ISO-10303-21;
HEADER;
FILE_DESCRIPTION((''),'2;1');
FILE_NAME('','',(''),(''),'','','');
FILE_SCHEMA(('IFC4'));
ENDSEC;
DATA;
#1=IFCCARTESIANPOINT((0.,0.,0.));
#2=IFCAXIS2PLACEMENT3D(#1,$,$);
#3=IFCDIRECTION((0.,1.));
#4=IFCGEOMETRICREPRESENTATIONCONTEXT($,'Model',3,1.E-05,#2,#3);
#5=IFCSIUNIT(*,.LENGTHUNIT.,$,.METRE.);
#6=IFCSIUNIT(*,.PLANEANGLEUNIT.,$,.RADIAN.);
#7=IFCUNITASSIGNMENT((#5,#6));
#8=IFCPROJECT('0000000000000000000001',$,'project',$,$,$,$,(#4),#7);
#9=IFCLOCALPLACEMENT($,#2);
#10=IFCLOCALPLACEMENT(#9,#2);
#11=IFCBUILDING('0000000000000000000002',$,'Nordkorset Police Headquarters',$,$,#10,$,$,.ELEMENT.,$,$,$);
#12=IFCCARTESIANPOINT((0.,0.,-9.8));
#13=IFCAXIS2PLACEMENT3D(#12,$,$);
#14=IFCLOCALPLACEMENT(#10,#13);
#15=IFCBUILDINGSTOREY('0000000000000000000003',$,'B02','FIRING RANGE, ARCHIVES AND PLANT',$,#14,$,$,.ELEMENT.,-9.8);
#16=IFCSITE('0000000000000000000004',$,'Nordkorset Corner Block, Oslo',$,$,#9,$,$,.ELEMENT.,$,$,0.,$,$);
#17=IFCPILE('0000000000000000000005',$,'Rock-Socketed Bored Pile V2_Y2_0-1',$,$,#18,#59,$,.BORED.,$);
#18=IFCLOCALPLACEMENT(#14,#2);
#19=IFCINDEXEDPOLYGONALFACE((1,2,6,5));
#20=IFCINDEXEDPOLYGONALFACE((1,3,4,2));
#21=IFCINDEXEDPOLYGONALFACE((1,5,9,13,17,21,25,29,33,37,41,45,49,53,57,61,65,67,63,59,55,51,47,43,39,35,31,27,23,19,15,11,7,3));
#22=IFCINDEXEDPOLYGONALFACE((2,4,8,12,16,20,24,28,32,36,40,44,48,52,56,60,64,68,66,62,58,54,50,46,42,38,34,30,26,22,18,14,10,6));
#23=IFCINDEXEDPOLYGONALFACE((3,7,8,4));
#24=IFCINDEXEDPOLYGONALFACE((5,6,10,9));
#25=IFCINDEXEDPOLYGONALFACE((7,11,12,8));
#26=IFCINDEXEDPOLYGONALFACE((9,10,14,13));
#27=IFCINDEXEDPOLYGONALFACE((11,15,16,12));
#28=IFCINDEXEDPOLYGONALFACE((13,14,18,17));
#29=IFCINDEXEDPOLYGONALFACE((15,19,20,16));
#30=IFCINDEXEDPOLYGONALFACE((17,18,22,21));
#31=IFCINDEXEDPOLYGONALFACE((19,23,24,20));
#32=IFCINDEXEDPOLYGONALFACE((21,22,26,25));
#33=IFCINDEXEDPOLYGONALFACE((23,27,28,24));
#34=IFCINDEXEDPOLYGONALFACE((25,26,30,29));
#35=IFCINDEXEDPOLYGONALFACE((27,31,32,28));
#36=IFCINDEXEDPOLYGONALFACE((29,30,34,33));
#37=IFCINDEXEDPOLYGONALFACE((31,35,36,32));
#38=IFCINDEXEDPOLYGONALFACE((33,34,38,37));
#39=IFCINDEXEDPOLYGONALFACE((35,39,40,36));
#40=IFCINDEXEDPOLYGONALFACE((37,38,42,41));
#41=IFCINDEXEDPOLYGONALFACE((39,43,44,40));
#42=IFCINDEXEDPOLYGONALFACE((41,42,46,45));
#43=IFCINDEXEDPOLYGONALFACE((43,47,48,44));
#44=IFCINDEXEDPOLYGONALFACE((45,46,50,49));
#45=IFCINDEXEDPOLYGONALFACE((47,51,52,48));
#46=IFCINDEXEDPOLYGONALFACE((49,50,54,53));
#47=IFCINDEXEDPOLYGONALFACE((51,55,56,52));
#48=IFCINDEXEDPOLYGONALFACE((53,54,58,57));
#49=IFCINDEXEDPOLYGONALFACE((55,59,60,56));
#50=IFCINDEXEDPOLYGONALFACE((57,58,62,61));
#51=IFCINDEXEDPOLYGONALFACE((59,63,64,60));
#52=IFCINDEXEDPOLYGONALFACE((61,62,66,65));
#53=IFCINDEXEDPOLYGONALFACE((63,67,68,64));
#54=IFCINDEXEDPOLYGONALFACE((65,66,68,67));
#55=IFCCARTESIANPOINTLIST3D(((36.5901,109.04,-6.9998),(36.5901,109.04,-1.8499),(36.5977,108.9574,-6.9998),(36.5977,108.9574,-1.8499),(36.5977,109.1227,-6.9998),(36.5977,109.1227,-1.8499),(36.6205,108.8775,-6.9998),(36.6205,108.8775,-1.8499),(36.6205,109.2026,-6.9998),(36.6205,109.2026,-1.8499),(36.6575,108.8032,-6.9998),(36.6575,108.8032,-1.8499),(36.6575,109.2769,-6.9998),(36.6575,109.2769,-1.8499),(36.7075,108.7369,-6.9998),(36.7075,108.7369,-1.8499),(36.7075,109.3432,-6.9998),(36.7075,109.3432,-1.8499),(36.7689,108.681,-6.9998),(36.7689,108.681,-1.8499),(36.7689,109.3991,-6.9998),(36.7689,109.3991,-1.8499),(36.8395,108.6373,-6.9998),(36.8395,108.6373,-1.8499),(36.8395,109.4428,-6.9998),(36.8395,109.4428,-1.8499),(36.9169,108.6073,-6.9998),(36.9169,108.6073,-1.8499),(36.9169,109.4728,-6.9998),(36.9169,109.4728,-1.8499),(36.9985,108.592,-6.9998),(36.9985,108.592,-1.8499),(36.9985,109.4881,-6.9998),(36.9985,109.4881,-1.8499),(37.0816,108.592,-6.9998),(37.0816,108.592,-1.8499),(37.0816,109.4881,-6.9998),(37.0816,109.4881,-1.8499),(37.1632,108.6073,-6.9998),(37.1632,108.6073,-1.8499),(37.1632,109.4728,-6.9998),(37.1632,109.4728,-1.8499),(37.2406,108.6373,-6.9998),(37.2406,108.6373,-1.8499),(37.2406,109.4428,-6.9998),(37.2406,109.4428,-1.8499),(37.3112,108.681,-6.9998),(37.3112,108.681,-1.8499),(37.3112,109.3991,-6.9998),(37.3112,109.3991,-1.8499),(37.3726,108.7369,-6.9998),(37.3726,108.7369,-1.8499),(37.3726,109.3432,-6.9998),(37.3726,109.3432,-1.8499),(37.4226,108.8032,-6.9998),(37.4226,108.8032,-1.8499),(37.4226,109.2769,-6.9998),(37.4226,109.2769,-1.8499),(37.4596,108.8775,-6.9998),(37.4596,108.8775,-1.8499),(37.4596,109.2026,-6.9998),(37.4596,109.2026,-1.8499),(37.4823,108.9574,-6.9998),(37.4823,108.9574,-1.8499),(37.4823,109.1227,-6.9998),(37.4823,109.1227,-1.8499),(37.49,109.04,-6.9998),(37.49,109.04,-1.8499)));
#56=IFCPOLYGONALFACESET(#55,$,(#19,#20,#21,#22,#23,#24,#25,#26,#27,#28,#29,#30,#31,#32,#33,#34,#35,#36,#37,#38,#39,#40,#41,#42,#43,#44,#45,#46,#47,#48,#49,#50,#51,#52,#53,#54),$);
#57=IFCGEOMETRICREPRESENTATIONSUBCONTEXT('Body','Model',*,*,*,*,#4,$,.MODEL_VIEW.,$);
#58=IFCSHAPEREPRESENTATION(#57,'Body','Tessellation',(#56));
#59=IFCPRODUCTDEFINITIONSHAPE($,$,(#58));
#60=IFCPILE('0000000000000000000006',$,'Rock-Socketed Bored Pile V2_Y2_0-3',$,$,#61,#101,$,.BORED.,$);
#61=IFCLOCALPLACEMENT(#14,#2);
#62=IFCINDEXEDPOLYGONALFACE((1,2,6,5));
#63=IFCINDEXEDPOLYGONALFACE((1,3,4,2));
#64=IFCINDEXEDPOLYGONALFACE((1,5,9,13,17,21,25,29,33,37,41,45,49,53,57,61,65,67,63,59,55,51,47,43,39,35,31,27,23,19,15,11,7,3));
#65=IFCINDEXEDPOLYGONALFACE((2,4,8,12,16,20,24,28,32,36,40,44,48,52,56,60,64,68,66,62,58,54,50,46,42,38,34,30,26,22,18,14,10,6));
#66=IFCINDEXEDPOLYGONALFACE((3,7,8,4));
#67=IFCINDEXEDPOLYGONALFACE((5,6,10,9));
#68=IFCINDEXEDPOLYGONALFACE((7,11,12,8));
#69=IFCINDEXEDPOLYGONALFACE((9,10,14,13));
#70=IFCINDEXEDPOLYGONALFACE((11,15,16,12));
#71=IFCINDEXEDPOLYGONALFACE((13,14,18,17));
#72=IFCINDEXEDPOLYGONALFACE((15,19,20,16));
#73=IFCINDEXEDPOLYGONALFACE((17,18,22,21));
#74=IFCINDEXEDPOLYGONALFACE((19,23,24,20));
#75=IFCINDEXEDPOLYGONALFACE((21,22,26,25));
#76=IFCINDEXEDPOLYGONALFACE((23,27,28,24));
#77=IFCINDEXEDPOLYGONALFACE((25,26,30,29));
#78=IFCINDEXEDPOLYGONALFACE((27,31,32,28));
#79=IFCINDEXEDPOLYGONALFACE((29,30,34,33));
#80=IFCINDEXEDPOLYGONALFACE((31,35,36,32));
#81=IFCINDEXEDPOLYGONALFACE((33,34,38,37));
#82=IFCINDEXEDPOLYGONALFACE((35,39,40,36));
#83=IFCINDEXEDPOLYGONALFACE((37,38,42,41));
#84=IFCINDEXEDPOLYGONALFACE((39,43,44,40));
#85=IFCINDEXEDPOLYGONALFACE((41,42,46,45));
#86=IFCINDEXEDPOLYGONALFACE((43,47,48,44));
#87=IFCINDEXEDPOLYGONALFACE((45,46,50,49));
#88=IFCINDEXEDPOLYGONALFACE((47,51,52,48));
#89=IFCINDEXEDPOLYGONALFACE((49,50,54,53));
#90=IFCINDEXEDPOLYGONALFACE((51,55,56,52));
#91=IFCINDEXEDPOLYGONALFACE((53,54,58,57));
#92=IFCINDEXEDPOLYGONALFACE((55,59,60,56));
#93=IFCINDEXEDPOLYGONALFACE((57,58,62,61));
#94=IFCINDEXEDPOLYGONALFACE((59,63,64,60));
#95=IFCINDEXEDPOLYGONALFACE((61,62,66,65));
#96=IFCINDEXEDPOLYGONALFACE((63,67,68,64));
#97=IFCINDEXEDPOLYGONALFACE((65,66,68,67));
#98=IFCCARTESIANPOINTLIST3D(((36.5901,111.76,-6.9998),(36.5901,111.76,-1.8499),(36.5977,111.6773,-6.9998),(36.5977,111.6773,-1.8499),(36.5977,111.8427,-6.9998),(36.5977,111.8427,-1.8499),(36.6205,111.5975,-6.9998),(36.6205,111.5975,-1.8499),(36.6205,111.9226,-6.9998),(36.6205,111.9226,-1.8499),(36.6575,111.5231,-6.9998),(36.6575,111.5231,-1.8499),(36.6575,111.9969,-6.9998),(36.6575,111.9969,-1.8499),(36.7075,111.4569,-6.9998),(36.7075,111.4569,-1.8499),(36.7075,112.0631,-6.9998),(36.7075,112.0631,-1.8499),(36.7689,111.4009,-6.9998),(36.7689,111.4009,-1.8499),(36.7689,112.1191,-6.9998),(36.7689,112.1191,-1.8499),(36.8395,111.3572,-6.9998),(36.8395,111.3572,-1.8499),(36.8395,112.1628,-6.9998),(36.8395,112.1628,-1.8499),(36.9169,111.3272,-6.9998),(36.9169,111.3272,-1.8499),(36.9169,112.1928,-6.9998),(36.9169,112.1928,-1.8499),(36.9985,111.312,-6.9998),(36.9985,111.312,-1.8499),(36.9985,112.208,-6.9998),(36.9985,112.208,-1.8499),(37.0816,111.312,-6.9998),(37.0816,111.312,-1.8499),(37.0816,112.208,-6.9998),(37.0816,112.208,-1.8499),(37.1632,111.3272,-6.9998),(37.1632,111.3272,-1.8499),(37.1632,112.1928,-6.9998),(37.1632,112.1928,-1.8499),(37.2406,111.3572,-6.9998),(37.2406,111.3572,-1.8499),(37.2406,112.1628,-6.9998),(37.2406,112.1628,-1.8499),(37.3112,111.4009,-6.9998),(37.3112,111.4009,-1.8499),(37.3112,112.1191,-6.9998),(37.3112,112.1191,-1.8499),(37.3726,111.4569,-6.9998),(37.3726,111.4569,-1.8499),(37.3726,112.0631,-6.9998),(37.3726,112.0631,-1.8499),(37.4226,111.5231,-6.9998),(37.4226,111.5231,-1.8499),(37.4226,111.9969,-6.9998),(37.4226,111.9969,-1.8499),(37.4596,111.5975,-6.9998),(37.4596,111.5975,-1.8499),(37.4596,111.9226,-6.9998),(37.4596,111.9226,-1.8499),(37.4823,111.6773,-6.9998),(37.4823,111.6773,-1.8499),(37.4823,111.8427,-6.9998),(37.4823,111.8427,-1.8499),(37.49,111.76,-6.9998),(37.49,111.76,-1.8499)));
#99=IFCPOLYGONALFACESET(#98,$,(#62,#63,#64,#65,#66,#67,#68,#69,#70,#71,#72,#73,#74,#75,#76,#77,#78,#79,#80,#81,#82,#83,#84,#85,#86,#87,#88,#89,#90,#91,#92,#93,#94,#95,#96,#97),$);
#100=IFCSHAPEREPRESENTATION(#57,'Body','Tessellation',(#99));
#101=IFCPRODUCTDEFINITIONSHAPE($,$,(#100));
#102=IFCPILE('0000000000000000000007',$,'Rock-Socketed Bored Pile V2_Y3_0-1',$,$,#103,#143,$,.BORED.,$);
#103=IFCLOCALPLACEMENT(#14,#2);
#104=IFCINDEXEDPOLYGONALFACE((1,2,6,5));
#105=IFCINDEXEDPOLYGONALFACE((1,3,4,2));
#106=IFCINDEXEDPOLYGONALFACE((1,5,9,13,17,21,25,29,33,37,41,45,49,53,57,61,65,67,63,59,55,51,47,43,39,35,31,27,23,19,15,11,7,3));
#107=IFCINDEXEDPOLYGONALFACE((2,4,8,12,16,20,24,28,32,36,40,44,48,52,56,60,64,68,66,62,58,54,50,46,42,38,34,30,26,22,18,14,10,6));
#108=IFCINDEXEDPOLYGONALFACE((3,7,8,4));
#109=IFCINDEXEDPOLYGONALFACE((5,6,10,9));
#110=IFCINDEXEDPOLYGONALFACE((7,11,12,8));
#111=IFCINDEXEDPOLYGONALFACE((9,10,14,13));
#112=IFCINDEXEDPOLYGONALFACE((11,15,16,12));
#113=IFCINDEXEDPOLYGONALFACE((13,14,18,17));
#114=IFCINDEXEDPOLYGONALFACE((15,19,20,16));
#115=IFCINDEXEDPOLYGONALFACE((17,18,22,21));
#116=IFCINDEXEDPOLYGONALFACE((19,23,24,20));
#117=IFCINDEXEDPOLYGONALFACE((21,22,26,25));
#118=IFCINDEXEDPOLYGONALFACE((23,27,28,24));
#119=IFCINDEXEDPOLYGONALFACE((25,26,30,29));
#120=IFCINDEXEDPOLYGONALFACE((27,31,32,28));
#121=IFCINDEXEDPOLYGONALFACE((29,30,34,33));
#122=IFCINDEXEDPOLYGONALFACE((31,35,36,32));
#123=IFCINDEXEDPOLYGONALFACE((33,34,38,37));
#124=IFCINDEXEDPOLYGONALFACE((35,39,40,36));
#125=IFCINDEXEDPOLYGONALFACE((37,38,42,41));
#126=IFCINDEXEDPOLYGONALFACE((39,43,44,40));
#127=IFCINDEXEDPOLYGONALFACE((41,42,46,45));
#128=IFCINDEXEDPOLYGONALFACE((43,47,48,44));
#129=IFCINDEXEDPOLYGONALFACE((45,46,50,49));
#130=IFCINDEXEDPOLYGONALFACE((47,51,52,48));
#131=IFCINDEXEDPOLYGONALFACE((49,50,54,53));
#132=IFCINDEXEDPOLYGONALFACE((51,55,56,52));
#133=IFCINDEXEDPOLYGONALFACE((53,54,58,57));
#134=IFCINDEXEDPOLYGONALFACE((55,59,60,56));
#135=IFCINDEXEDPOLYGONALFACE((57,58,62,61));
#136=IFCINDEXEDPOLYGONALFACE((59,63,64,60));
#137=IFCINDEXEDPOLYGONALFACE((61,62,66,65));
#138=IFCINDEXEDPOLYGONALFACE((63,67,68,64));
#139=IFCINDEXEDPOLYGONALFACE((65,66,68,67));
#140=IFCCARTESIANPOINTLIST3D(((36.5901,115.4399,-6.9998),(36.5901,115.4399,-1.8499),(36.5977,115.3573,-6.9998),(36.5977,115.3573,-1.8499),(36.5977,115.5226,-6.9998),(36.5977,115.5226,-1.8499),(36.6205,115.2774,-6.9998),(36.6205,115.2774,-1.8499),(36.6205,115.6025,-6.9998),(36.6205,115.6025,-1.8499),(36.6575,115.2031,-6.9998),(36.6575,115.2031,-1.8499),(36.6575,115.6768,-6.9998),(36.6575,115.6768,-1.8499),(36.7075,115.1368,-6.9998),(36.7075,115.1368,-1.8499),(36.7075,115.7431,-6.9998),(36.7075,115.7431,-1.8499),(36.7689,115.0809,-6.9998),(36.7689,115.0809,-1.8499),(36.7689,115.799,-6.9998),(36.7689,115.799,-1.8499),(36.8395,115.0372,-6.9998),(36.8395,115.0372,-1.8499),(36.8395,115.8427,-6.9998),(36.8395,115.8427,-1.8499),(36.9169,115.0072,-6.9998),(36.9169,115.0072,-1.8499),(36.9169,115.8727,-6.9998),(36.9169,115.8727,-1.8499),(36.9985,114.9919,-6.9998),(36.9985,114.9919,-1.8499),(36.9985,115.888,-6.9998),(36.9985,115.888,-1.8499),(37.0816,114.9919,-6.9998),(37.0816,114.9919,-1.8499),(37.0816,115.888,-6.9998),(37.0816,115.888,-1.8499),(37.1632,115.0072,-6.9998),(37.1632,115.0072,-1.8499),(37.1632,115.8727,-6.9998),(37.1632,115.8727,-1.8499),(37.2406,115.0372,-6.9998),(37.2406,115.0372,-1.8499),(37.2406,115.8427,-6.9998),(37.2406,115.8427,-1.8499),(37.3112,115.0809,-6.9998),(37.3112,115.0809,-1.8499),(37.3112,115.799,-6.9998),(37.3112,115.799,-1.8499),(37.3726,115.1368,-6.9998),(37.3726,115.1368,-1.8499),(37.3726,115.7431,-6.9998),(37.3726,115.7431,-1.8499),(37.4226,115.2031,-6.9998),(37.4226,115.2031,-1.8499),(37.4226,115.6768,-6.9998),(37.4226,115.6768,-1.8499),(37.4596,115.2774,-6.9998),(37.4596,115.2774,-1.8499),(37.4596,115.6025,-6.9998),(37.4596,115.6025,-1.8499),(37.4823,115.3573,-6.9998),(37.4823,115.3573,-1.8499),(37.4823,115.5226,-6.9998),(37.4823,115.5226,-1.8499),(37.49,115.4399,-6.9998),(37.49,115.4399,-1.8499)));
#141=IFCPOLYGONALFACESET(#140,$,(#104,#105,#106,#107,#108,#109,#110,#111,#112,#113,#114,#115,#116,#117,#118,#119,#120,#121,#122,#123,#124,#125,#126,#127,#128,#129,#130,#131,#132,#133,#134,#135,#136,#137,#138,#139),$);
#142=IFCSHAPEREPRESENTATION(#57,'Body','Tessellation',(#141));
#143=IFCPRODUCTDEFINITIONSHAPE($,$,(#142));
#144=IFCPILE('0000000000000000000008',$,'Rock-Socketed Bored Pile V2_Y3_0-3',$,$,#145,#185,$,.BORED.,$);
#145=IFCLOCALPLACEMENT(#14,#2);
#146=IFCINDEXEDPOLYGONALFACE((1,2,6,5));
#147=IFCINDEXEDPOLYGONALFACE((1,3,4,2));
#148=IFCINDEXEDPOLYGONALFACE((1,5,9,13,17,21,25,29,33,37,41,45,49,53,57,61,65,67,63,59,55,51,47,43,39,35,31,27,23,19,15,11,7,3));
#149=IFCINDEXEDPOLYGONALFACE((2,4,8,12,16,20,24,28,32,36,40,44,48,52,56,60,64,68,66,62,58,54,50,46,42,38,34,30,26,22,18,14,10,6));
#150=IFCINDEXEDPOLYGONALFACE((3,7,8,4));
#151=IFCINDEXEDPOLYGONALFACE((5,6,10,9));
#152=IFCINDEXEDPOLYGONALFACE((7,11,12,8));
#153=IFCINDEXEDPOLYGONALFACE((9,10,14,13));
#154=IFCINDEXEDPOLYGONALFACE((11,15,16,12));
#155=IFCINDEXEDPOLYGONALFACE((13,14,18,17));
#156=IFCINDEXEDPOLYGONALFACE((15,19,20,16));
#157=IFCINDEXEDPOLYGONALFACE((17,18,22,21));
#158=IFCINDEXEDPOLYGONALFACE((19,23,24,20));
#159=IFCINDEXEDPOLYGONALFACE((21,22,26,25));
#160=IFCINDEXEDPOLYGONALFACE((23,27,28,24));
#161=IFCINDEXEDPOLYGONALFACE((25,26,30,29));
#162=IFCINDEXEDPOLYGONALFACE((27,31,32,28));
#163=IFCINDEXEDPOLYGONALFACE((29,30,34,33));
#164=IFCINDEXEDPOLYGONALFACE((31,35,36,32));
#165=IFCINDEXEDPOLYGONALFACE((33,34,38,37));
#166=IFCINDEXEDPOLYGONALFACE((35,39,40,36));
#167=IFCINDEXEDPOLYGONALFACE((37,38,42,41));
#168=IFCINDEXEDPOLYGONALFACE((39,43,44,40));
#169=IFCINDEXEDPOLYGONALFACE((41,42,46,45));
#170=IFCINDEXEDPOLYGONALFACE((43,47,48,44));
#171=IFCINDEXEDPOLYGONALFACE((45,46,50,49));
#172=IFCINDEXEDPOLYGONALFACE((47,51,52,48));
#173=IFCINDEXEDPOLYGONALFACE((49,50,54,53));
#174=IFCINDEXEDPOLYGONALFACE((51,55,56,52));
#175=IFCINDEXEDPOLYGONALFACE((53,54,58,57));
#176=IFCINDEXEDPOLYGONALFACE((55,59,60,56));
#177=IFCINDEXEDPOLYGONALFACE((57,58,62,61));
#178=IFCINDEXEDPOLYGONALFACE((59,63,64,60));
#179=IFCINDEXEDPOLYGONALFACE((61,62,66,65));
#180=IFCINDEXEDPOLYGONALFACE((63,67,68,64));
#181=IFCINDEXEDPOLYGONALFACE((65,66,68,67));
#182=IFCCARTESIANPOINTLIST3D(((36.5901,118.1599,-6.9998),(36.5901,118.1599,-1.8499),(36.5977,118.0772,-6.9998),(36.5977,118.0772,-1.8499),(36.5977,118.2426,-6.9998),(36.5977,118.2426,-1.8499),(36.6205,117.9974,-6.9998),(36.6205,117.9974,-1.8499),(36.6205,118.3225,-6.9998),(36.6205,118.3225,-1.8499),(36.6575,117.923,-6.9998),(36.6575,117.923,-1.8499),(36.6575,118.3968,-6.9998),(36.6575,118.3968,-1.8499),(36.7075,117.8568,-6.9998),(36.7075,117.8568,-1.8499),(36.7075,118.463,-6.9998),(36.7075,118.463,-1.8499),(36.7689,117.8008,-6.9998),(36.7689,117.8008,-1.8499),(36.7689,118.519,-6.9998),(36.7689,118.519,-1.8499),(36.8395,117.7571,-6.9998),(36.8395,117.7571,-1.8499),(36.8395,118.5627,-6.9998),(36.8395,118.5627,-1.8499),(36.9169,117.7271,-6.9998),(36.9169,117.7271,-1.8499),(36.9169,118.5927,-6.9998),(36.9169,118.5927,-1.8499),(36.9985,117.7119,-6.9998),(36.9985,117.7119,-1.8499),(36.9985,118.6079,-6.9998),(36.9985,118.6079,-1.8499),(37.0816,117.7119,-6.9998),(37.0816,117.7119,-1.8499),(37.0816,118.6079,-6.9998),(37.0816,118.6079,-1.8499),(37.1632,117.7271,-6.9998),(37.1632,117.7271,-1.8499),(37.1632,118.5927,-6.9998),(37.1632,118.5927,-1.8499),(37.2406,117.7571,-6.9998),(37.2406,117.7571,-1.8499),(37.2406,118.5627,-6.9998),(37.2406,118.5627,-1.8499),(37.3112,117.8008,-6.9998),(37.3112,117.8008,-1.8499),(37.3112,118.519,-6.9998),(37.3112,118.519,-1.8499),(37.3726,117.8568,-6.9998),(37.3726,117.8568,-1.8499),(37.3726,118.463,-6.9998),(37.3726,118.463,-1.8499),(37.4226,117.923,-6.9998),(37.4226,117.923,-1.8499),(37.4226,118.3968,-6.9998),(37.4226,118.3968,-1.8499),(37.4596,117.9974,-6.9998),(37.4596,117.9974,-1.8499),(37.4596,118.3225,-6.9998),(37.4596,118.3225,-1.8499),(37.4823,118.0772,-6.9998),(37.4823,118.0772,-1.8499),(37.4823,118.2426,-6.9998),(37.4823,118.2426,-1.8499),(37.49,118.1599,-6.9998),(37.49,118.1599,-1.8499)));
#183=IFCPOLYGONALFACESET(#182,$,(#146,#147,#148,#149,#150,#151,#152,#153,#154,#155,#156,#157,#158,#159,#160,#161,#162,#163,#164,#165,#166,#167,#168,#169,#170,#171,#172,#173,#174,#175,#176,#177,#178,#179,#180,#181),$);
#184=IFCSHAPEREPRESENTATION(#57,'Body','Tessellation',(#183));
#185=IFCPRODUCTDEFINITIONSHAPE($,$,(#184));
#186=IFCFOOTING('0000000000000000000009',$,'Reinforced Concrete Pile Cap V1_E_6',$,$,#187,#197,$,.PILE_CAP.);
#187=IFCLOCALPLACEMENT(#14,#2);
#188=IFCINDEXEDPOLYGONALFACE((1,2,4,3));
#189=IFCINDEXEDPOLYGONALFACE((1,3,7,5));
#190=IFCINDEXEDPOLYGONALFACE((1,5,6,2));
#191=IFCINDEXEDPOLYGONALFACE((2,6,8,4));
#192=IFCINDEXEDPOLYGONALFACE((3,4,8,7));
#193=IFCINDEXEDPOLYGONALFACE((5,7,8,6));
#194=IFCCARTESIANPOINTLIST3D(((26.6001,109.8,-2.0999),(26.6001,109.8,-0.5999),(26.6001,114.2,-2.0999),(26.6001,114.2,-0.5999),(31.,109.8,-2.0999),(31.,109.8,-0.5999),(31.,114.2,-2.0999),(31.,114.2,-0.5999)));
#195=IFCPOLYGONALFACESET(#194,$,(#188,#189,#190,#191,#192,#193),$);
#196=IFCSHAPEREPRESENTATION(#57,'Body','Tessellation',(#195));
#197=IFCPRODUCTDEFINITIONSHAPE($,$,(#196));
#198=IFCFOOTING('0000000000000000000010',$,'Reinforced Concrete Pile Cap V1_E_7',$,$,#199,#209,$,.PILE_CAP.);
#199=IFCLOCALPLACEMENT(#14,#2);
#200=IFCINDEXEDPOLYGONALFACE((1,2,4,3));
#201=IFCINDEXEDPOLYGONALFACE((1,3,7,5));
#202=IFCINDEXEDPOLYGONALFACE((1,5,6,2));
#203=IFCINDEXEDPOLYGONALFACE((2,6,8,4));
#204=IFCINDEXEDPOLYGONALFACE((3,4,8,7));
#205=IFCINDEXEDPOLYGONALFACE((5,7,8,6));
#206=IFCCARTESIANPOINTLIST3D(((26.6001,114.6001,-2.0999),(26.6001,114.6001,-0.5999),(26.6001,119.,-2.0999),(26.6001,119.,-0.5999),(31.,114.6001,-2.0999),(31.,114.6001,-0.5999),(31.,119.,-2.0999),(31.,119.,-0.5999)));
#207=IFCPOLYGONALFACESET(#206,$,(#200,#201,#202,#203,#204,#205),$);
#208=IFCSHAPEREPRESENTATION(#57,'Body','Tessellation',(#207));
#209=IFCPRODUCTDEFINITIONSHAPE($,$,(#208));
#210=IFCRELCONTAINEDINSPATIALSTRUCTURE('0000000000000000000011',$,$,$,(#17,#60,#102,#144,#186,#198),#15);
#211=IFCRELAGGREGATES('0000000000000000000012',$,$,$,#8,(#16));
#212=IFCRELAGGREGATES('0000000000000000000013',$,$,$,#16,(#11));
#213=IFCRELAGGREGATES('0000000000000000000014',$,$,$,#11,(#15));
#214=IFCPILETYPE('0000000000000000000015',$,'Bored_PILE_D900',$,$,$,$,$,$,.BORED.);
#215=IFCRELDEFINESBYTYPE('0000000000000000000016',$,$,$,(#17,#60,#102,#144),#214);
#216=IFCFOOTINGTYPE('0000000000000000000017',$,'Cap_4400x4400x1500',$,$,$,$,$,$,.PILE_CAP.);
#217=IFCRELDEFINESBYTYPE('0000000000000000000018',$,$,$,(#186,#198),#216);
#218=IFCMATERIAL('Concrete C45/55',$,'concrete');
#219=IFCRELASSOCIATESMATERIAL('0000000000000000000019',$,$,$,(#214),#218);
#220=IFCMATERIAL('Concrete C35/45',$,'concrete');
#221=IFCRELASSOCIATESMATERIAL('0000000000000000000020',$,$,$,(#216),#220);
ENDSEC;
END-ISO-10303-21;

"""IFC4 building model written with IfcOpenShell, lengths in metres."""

from ifc_helpers import new_model, si_unit, direction, frame, origin, origin_2d, place, context, subcontext, project, spatial, rectangle, circle, extrude, material, material_profile, profile_set, type_object, element, save


model = new_model("IFC4")

# Units and contexts
model_context = context("Model", 3, precision=1e-05, world=origin(), true_north=direction((0.0, 1.0)))
body_context = subcontext(model_context, "Body", "Model", "MODEL_VIEW")
ifc_project = project(units=[si_unit("LENGTHUNIT", "METRE"), si_unit("PLANEANGLEUNIT", "RADIAN")], contexts=[model_context])

# Site, building, storey
site_placement = place(None, origin())
site = spatial("IfcSite", under=ifc_project, at=site_placement, Name="Nordkorset Corner Block, Oslo", CompositionType="ELEMENT", RefElevation=0.0)
building_placement = place(site_placement, origin())
building = spatial("IfcBuilding", under=site, at=building_placement, Name="Nordkorset Police Headquarters", CompositionType="ELEMENT")
storey_placement = place(building_placement, frame((0.0, 0.0, -9.8)))
storey = spatial("IfcBuildingStorey", under=building, at=storey_placement, Name="B02", Description="FIRING RANGE, ARCHIVES AND PLANT", CompositionType="ELEMENT", Elevation=-9.8)

# Piles
ifc_material_1 = material(Name="Concrete C45/55", Category="concrete")
ifc_material_profile_1 = material_profile(ifc_material_1, circle(Radius=0.45, at=origin_2d()), Name="PILE D900")
ifc_profile_set_1 = profile_set([ifc_material_profile_1], Name="Concrete C45/55")
pile_type = type_object("IfcPileType", Name="Bored_PILE_D900", PredefinedType="BORED", material=ifc_profile_set_1)
for number, where, z_axis, x_axis, name in (
    (1, (37.04, 109.04, -1.8499), (0.0, 0.0, -1.0), (1.0, 0.0, 0.0), "Rock-Socketed Bored Pile V2_Y2_0-1"),
    (2, (37.04, 111.76, -1.8499), (0.0, 0.0, -1.0), (1.0, 0.0, 0.0), "Rock-Socketed Bored Pile V2_Y2_0-3"),
    (3, (37.04, 115.4399, -1.8499), (0.0, 0.0, -1.0), (1.0, 0.0, 0.0), "Rock-Socketed Bored Pile V2_Y3_0-1"),
    (4, (37.04, 118.1599, -1.8499), (0.0, 0.0, -1.0), (1.0, 0.0, 0.0), "Rock-Socketed Bored Pile V2_Y3_0-3"),
):
    element("IfcPile", number, at=place(storey_placement, frame(where, z_axis=z_axis, x_axis=x_axis)), inside=storey, type_object=pile_type, Name=name, PredefinedType="BORED", context=body_context, shape_type="SweptSolid", body=[
        extrude(circle(Radius=0.45, at=origin_2d()), origin(), (0.0, 0.0, 1.0), 5.1499),
    ])

# Footings
ifc_material_2 = material(Name="Concrete C35/45", Category="concrete")
footing_type = type_object("IfcFootingType", Name="Cap_4400x4400x1500", PredefinedType="PILE_CAP", material=ifc_material_2)
for number, where, z_axis, x_axis, name in (
    (5, (28.8, 112.0, -2.0999), (0.0, 0.0, 1.0), (1.0, 0.0, 0.0), "Reinforced Concrete Pile Cap V1_E_6"),
    (6, (28.8, 116.8, -2.0999), (0.0, 0.0, 1.0), (1.0, 0.0, 0.0), "Reinforced Concrete Pile Cap V1_E_7"),
):
    element("IfcFooting", number, at=place(storey_placement, frame(where, z_axis=z_axis, x_axis=x_axis)), inside=storey, type_object=footing_type, Name=name, PredefinedType="PILE_CAP", context=body_context, shape_type="SweptSolid", body=[
        extrude(rectangle(XDim=4.3999, YDim=4.3999, at=origin_2d()), origin(), (0.0, 0.0, 1.0), 1.5),
    ])

save(model, "model.ifc")
